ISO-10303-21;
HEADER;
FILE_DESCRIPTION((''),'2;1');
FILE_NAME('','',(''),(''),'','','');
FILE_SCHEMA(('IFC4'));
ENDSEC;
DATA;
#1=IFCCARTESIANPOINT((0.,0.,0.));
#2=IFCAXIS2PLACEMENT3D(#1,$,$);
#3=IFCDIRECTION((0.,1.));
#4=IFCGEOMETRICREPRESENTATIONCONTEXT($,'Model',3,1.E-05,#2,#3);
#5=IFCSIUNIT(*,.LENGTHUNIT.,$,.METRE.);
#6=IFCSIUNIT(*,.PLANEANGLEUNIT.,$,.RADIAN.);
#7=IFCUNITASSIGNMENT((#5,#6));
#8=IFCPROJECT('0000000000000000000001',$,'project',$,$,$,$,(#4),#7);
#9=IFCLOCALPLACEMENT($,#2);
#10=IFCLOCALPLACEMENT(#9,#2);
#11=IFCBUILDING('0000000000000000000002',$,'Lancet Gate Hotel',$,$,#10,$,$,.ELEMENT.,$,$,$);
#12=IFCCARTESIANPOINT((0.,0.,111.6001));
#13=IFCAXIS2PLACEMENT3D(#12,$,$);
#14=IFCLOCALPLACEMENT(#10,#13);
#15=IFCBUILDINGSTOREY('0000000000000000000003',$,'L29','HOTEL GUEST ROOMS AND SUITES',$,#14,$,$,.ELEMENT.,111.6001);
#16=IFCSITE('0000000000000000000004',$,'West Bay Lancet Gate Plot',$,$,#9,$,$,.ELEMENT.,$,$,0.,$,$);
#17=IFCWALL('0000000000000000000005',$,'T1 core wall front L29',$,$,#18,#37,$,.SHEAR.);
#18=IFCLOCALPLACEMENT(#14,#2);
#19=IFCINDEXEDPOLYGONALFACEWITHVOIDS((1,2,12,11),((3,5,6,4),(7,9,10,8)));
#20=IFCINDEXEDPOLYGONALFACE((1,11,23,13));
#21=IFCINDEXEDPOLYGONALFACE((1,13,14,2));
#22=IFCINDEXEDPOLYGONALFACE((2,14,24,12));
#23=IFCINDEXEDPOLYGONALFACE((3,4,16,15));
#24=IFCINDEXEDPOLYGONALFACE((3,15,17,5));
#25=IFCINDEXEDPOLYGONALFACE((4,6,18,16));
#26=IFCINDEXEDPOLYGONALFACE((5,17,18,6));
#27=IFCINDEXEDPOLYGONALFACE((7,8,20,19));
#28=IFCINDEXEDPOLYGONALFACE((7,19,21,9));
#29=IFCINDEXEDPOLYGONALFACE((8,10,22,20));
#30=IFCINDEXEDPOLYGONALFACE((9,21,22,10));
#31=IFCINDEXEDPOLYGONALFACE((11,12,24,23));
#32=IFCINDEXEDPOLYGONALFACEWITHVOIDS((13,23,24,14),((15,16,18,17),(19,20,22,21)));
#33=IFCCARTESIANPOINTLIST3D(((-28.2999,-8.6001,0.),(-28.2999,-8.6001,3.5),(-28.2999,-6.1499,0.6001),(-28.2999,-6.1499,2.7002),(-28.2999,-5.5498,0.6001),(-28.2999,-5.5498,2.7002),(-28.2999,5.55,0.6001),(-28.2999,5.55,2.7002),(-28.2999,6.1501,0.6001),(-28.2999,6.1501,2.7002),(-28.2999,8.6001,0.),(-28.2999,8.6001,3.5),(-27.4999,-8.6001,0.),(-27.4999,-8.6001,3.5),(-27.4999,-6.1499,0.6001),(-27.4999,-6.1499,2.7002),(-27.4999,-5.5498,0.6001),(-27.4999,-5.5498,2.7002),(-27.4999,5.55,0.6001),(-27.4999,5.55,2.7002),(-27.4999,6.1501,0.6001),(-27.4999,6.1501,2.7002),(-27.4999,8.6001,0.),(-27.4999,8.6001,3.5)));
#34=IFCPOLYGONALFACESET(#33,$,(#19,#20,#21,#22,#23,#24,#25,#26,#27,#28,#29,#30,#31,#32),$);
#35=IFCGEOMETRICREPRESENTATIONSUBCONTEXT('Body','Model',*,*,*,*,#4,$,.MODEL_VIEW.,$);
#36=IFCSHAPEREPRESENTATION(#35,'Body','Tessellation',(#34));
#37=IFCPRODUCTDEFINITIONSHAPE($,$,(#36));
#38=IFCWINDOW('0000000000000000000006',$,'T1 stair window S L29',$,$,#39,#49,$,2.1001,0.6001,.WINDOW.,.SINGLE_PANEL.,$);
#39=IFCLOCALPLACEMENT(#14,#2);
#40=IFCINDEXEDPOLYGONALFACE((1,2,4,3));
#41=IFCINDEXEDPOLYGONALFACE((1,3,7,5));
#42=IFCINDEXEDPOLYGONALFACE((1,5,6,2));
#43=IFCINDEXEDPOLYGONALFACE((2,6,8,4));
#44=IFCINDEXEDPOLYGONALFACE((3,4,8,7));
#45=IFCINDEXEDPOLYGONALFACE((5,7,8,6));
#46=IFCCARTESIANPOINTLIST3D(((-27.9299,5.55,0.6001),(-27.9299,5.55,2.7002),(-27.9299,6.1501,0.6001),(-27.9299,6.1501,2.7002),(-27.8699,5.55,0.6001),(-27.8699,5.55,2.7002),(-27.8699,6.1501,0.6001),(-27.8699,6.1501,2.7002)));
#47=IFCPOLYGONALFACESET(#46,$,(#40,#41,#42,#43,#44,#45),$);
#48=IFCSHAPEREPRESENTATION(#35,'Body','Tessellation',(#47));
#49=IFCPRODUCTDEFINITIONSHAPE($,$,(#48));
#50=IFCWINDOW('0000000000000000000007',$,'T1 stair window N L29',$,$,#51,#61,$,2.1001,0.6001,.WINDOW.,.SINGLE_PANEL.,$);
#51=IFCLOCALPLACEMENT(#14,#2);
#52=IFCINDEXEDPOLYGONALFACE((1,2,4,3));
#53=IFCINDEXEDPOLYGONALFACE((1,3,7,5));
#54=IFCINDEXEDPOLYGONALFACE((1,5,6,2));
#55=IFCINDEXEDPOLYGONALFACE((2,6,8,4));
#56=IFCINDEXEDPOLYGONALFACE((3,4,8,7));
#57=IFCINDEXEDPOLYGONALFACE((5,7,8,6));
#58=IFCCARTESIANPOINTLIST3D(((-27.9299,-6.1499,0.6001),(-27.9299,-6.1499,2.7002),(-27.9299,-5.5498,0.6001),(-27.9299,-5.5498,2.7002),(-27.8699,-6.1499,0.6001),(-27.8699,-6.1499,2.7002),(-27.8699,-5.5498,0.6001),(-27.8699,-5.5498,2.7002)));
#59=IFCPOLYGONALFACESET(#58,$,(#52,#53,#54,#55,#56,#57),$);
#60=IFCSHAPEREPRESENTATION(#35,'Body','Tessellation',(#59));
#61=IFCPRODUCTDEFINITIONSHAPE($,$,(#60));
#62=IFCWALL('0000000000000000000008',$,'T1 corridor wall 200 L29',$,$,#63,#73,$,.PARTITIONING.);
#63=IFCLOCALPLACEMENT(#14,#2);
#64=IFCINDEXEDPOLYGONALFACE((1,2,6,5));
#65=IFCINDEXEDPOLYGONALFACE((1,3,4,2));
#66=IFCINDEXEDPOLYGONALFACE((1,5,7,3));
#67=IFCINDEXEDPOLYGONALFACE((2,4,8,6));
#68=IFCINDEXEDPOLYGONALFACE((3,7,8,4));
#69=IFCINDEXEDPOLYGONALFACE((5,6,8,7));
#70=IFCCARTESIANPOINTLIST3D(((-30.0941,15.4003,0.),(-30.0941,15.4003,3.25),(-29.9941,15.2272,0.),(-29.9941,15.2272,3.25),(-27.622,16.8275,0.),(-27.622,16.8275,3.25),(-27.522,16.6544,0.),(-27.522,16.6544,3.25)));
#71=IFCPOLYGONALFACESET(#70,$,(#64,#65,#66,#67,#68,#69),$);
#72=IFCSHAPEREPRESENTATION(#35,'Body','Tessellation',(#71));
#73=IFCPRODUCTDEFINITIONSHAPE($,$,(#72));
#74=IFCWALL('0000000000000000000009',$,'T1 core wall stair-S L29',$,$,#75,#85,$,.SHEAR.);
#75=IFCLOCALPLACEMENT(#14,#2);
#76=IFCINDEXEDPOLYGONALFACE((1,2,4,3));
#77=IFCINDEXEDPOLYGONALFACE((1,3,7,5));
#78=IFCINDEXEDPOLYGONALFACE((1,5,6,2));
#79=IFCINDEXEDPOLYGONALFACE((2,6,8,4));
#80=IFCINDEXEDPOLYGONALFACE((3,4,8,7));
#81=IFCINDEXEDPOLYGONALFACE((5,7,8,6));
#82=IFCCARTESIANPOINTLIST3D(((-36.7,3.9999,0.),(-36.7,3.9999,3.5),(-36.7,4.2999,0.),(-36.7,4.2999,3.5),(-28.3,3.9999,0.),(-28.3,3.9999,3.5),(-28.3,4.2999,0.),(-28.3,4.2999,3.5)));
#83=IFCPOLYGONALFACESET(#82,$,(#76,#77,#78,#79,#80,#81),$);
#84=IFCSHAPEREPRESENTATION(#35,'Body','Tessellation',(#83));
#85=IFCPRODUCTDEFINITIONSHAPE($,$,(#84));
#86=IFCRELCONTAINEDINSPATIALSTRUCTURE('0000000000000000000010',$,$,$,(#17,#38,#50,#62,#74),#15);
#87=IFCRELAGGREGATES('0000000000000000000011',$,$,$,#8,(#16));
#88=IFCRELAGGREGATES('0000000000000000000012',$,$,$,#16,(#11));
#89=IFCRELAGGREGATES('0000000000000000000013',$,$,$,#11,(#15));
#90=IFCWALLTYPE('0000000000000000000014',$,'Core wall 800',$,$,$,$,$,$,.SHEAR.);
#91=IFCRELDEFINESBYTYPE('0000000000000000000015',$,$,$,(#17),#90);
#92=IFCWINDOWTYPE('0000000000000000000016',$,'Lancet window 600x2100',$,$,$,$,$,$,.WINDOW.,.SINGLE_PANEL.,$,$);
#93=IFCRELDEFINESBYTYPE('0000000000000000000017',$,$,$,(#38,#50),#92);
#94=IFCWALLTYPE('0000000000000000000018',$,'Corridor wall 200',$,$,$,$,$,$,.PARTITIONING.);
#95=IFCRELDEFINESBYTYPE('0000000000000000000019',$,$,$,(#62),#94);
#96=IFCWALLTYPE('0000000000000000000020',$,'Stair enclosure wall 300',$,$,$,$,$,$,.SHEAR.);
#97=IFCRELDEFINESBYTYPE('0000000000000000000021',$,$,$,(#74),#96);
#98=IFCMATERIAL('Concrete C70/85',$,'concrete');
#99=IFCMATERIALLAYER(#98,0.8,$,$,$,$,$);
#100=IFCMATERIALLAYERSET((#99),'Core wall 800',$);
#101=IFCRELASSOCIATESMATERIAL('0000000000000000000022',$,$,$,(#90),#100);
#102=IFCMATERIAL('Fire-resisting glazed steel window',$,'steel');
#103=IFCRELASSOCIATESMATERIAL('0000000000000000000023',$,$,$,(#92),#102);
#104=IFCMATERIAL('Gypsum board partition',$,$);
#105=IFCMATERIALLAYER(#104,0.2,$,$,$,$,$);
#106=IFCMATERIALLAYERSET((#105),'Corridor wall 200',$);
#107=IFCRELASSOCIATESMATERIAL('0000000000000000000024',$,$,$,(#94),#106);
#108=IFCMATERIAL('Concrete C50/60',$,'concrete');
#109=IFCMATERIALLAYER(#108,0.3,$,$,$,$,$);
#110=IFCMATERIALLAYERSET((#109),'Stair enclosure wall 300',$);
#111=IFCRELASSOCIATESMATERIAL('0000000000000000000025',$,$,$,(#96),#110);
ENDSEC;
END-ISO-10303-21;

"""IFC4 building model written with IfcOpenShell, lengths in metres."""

from ifc_helpers import new_model, si_unit, direction, frame, frame_2d, origin, place, context, subcontext, project, spatial, rectangle, extrude, material, layer, layer_set, type_object, element, fill, save


model = new_model("IFC4")

# Units and contexts
model_context = context("Model", 3, precision=1e-05, world=origin(), true_north=direction((0.0, 1.0)))
body_context = subcontext(model_context, "Body", "Model", "MODEL_VIEW")
ifc_project = project(units=[si_unit("LENGTHUNIT", "METRE"), si_unit("PLANEANGLEUNIT", "RADIAN")], contexts=[model_context])

# Site, building, storey
site_placement = place(None, origin())
site = spatial("IfcSite", under=ifc_project, at=site_placement, Name="West Bay Lancet Gate Plot", CompositionType="ELEMENT", RefElevation=0.0)
building_placement = place(site_placement, origin())
building = spatial("IfcBuilding", under=site, at=building_placement, Name="Lancet Gate Hotel", CompositionType="ELEMENT")
storey_placement = place(building_placement, frame((0.0, 0.0, 111.6001)))
storey = spatial("IfcBuildingStorey", under=building, at=storey_placement, Name="L29", Description="HOTEL GUEST ROOMS AND SUITES", CompositionType="ELEMENT", Elevation=111.6001)

# Wall, openings, windows
ifc_material_1 = material(Name="Concrete C70/85", Category="concrete")
ifc_layer_1 = layer(ifc_material_1, 0.8)
ifc_layer_set_1 = layer_set([ifc_layer_1], Name="Core wall 800")
wall_type_1 = type_object("IfcWallType", Name="Core wall 800", PredefinedType="SHEAR", material=ifc_layer_set_1)
wall_1_placement = place(storey_placement, frame((-27.8999, 8.6001, 0.0), z_axis=(0.0, 0.0, 1.0), x_axis=(0.0, -1.0, 0.0)))
wall_1 = element("IfcWall", 1, at=wall_1_placement, inside=storey, type_object=wall_type_1, Name="T1 core wall front L29", PredefinedType="SHEAR", context=body_context, shape_type="SweptSolid", body=[
    extrude(rectangle(XDim=17.2002, YDim=0.8, at=frame_2d((8.6001, 0.0))), origin(), (0.0, 0.0, 1.0), 3.5),
])
opening_1_placement = place(wall_1_placement, frame((2.45, 0.0, 0.6001)))
opening_1 = element("IfcOpeningElement", 2, at=opening_1_placement, cuts=wall_1, PredefinedType="OPENING", context=body_context, shape_type="SweptSolid", body=[
    extrude(rectangle(XDim=0.6001, YDim=2.1001, at=frame_2d((0.3, 1.05))), frame((0.0, 0.4099, 0.0), z_axis=(0.0, -1.0, 0.0), x_axis=(1.0, 0.0, 0.0)), (0.0, 0.0, 1.0), 0.8201),
])
opening_2_placement = place(wall_1_placement, frame((14.1499, 0.0, 0.6001)))
opening_2 = element("IfcOpeningElement", 3, at=opening_2_placement, cuts=wall_1, PredefinedType="OPENING", context=body_context, shape_type="SweptSolid", body=[
    extrude(rectangle(XDim=0.6001, YDim=2.1001, at=frame_2d((0.3, 1.05))), frame((0.0, 0.4099, 0.0), z_axis=(0.0, -1.0, 0.0), x_axis=(1.0, 0.0, 0.0)), (0.0, 0.0, 1.0), 0.8201),
])
ifc_material_2 = material(Name="Fire-resisting glazed steel window", Category="steel")
window_type = type_object("IfcWindowType", Name="Lancet window 600x2100", PartitioningType="SINGLE_PANEL", PredefinedType="WINDOW", material=ifc_material_2)
window_1_placement = place(opening_1_placement, origin())
window_1 = element("IfcWindow", 4, at=window_1_placement, inside=storey, type_object=window_type, Name="T1 stair window S L29", OverallHeight=2.1001, OverallWidth=0.6001, PartitioningType="SINGLE_PANEL", PredefinedType="WINDOW", context=body_context, shape_type="SweptSolid", body=[
    extrude(rectangle(XDim=0.6001, YDim=2.1001, at=frame_2d((0.3, 1.05))), frame((0.0, 0.03, 0.0), z_axis=(0.0, -1.0, 0.0), x_axis=(1.0, 0.0, 0.0)), (0.0, 0.0, 1.0), 0.0601),
])
fill(opening_1, window_1)
window_2_placement = place(opening_2_placement, origin())
window_2 = element("IfcWindow", 5, at=window_2_placement, inside=storey, type_object=window_type, Name="T1 stair window N L29", OverallHeight=2.1001, OverallWidth=0.6001, PartitioningType="SINGLE_PANEL", PredefinedType="WINDOW", context=body_context, shape_type="SweptSolid", body=[
    extrude(rectangle(XDim=0.6001, YDim=2.1001, at=frame_2d((0.3, 1.05))), frame((0.0, 0.03, 0.0), z_axis=(0.0, -1.0, 0.0), x_axis=(1.0, 0.0, 0.0)), (0.0, 0.0, 1.0), 0.0601),
])
fill(opening_2, window_2)

# Walls
ifc_material_3 = material(Name="Gypsum board partition")
ifc_layer_2 = layer(ifc_material_3, 0.2)
ifc_layer_set_2 = layer_set([ifc_layer_2], Name="Corridor wall 200")
wall_type_2 = type_object("IfcWallType", Name="Corridor wall 200", PredefinedType="PARTITIONING", material=ifc_layer_set_2)
wall_2_placement = place(storey_placement, frame((-27.572, 16.741, 0.0), z_axis=(0.0, 0.0, 1.0), x_axis=(-0.866035, -0.499984, 0.0)))
element("IfcWall", 6, at=wall_2_placement, inside=storey, type_object=wall_type_2, Name="T1 corridor wall 200 L29", PredefinedType="PARTITIONING", context=body_context, shape_type="SweptSolid", body=[
    extrude(rectangle(XDim=2.8545, YDim=0.2, at=frame_2d((1.4272, 0.0))), origin(), (0.0, 0.0, 1.0), 3.25),
])
ifc_material_4 = material(Name="Concrete C50/60", Category="concrete")
ifc_layer_3 = layer(ifc_material_4, 0.3)
ifc_layer_set_3 = layer_set([ifc_layer_3], Name="Stair enclosure wall 300")
wall_type_3 = type_object("IfcWallType", Name="Stair enclosure wall 300", PredefinedType="SHEAR", material=ifc_layer_set_3)
wall_3_placement = place(storey_placement, frame((-28.3, 4.1499, 0.0), z_axis=(0.0, 0.0, 1.0), x_axis=(-1.0, 0.0, 0.0)))
element("IfcWall", 7, at=wall_3_placement, inside=storey, type_object=wall_type_3, Name="T1 core wall stair-S L29", PredefinedType="SHEAR", context=body_context, shape_type="SweptSolid", body=[
    extrude(rectangle(XDim=8.3999, YDim=0.3, at=frame_2d((4.2, 0.0))), origin(), (0.0, 0.0, 1.0), 3.5),
])

save(model, "model.ifc")
